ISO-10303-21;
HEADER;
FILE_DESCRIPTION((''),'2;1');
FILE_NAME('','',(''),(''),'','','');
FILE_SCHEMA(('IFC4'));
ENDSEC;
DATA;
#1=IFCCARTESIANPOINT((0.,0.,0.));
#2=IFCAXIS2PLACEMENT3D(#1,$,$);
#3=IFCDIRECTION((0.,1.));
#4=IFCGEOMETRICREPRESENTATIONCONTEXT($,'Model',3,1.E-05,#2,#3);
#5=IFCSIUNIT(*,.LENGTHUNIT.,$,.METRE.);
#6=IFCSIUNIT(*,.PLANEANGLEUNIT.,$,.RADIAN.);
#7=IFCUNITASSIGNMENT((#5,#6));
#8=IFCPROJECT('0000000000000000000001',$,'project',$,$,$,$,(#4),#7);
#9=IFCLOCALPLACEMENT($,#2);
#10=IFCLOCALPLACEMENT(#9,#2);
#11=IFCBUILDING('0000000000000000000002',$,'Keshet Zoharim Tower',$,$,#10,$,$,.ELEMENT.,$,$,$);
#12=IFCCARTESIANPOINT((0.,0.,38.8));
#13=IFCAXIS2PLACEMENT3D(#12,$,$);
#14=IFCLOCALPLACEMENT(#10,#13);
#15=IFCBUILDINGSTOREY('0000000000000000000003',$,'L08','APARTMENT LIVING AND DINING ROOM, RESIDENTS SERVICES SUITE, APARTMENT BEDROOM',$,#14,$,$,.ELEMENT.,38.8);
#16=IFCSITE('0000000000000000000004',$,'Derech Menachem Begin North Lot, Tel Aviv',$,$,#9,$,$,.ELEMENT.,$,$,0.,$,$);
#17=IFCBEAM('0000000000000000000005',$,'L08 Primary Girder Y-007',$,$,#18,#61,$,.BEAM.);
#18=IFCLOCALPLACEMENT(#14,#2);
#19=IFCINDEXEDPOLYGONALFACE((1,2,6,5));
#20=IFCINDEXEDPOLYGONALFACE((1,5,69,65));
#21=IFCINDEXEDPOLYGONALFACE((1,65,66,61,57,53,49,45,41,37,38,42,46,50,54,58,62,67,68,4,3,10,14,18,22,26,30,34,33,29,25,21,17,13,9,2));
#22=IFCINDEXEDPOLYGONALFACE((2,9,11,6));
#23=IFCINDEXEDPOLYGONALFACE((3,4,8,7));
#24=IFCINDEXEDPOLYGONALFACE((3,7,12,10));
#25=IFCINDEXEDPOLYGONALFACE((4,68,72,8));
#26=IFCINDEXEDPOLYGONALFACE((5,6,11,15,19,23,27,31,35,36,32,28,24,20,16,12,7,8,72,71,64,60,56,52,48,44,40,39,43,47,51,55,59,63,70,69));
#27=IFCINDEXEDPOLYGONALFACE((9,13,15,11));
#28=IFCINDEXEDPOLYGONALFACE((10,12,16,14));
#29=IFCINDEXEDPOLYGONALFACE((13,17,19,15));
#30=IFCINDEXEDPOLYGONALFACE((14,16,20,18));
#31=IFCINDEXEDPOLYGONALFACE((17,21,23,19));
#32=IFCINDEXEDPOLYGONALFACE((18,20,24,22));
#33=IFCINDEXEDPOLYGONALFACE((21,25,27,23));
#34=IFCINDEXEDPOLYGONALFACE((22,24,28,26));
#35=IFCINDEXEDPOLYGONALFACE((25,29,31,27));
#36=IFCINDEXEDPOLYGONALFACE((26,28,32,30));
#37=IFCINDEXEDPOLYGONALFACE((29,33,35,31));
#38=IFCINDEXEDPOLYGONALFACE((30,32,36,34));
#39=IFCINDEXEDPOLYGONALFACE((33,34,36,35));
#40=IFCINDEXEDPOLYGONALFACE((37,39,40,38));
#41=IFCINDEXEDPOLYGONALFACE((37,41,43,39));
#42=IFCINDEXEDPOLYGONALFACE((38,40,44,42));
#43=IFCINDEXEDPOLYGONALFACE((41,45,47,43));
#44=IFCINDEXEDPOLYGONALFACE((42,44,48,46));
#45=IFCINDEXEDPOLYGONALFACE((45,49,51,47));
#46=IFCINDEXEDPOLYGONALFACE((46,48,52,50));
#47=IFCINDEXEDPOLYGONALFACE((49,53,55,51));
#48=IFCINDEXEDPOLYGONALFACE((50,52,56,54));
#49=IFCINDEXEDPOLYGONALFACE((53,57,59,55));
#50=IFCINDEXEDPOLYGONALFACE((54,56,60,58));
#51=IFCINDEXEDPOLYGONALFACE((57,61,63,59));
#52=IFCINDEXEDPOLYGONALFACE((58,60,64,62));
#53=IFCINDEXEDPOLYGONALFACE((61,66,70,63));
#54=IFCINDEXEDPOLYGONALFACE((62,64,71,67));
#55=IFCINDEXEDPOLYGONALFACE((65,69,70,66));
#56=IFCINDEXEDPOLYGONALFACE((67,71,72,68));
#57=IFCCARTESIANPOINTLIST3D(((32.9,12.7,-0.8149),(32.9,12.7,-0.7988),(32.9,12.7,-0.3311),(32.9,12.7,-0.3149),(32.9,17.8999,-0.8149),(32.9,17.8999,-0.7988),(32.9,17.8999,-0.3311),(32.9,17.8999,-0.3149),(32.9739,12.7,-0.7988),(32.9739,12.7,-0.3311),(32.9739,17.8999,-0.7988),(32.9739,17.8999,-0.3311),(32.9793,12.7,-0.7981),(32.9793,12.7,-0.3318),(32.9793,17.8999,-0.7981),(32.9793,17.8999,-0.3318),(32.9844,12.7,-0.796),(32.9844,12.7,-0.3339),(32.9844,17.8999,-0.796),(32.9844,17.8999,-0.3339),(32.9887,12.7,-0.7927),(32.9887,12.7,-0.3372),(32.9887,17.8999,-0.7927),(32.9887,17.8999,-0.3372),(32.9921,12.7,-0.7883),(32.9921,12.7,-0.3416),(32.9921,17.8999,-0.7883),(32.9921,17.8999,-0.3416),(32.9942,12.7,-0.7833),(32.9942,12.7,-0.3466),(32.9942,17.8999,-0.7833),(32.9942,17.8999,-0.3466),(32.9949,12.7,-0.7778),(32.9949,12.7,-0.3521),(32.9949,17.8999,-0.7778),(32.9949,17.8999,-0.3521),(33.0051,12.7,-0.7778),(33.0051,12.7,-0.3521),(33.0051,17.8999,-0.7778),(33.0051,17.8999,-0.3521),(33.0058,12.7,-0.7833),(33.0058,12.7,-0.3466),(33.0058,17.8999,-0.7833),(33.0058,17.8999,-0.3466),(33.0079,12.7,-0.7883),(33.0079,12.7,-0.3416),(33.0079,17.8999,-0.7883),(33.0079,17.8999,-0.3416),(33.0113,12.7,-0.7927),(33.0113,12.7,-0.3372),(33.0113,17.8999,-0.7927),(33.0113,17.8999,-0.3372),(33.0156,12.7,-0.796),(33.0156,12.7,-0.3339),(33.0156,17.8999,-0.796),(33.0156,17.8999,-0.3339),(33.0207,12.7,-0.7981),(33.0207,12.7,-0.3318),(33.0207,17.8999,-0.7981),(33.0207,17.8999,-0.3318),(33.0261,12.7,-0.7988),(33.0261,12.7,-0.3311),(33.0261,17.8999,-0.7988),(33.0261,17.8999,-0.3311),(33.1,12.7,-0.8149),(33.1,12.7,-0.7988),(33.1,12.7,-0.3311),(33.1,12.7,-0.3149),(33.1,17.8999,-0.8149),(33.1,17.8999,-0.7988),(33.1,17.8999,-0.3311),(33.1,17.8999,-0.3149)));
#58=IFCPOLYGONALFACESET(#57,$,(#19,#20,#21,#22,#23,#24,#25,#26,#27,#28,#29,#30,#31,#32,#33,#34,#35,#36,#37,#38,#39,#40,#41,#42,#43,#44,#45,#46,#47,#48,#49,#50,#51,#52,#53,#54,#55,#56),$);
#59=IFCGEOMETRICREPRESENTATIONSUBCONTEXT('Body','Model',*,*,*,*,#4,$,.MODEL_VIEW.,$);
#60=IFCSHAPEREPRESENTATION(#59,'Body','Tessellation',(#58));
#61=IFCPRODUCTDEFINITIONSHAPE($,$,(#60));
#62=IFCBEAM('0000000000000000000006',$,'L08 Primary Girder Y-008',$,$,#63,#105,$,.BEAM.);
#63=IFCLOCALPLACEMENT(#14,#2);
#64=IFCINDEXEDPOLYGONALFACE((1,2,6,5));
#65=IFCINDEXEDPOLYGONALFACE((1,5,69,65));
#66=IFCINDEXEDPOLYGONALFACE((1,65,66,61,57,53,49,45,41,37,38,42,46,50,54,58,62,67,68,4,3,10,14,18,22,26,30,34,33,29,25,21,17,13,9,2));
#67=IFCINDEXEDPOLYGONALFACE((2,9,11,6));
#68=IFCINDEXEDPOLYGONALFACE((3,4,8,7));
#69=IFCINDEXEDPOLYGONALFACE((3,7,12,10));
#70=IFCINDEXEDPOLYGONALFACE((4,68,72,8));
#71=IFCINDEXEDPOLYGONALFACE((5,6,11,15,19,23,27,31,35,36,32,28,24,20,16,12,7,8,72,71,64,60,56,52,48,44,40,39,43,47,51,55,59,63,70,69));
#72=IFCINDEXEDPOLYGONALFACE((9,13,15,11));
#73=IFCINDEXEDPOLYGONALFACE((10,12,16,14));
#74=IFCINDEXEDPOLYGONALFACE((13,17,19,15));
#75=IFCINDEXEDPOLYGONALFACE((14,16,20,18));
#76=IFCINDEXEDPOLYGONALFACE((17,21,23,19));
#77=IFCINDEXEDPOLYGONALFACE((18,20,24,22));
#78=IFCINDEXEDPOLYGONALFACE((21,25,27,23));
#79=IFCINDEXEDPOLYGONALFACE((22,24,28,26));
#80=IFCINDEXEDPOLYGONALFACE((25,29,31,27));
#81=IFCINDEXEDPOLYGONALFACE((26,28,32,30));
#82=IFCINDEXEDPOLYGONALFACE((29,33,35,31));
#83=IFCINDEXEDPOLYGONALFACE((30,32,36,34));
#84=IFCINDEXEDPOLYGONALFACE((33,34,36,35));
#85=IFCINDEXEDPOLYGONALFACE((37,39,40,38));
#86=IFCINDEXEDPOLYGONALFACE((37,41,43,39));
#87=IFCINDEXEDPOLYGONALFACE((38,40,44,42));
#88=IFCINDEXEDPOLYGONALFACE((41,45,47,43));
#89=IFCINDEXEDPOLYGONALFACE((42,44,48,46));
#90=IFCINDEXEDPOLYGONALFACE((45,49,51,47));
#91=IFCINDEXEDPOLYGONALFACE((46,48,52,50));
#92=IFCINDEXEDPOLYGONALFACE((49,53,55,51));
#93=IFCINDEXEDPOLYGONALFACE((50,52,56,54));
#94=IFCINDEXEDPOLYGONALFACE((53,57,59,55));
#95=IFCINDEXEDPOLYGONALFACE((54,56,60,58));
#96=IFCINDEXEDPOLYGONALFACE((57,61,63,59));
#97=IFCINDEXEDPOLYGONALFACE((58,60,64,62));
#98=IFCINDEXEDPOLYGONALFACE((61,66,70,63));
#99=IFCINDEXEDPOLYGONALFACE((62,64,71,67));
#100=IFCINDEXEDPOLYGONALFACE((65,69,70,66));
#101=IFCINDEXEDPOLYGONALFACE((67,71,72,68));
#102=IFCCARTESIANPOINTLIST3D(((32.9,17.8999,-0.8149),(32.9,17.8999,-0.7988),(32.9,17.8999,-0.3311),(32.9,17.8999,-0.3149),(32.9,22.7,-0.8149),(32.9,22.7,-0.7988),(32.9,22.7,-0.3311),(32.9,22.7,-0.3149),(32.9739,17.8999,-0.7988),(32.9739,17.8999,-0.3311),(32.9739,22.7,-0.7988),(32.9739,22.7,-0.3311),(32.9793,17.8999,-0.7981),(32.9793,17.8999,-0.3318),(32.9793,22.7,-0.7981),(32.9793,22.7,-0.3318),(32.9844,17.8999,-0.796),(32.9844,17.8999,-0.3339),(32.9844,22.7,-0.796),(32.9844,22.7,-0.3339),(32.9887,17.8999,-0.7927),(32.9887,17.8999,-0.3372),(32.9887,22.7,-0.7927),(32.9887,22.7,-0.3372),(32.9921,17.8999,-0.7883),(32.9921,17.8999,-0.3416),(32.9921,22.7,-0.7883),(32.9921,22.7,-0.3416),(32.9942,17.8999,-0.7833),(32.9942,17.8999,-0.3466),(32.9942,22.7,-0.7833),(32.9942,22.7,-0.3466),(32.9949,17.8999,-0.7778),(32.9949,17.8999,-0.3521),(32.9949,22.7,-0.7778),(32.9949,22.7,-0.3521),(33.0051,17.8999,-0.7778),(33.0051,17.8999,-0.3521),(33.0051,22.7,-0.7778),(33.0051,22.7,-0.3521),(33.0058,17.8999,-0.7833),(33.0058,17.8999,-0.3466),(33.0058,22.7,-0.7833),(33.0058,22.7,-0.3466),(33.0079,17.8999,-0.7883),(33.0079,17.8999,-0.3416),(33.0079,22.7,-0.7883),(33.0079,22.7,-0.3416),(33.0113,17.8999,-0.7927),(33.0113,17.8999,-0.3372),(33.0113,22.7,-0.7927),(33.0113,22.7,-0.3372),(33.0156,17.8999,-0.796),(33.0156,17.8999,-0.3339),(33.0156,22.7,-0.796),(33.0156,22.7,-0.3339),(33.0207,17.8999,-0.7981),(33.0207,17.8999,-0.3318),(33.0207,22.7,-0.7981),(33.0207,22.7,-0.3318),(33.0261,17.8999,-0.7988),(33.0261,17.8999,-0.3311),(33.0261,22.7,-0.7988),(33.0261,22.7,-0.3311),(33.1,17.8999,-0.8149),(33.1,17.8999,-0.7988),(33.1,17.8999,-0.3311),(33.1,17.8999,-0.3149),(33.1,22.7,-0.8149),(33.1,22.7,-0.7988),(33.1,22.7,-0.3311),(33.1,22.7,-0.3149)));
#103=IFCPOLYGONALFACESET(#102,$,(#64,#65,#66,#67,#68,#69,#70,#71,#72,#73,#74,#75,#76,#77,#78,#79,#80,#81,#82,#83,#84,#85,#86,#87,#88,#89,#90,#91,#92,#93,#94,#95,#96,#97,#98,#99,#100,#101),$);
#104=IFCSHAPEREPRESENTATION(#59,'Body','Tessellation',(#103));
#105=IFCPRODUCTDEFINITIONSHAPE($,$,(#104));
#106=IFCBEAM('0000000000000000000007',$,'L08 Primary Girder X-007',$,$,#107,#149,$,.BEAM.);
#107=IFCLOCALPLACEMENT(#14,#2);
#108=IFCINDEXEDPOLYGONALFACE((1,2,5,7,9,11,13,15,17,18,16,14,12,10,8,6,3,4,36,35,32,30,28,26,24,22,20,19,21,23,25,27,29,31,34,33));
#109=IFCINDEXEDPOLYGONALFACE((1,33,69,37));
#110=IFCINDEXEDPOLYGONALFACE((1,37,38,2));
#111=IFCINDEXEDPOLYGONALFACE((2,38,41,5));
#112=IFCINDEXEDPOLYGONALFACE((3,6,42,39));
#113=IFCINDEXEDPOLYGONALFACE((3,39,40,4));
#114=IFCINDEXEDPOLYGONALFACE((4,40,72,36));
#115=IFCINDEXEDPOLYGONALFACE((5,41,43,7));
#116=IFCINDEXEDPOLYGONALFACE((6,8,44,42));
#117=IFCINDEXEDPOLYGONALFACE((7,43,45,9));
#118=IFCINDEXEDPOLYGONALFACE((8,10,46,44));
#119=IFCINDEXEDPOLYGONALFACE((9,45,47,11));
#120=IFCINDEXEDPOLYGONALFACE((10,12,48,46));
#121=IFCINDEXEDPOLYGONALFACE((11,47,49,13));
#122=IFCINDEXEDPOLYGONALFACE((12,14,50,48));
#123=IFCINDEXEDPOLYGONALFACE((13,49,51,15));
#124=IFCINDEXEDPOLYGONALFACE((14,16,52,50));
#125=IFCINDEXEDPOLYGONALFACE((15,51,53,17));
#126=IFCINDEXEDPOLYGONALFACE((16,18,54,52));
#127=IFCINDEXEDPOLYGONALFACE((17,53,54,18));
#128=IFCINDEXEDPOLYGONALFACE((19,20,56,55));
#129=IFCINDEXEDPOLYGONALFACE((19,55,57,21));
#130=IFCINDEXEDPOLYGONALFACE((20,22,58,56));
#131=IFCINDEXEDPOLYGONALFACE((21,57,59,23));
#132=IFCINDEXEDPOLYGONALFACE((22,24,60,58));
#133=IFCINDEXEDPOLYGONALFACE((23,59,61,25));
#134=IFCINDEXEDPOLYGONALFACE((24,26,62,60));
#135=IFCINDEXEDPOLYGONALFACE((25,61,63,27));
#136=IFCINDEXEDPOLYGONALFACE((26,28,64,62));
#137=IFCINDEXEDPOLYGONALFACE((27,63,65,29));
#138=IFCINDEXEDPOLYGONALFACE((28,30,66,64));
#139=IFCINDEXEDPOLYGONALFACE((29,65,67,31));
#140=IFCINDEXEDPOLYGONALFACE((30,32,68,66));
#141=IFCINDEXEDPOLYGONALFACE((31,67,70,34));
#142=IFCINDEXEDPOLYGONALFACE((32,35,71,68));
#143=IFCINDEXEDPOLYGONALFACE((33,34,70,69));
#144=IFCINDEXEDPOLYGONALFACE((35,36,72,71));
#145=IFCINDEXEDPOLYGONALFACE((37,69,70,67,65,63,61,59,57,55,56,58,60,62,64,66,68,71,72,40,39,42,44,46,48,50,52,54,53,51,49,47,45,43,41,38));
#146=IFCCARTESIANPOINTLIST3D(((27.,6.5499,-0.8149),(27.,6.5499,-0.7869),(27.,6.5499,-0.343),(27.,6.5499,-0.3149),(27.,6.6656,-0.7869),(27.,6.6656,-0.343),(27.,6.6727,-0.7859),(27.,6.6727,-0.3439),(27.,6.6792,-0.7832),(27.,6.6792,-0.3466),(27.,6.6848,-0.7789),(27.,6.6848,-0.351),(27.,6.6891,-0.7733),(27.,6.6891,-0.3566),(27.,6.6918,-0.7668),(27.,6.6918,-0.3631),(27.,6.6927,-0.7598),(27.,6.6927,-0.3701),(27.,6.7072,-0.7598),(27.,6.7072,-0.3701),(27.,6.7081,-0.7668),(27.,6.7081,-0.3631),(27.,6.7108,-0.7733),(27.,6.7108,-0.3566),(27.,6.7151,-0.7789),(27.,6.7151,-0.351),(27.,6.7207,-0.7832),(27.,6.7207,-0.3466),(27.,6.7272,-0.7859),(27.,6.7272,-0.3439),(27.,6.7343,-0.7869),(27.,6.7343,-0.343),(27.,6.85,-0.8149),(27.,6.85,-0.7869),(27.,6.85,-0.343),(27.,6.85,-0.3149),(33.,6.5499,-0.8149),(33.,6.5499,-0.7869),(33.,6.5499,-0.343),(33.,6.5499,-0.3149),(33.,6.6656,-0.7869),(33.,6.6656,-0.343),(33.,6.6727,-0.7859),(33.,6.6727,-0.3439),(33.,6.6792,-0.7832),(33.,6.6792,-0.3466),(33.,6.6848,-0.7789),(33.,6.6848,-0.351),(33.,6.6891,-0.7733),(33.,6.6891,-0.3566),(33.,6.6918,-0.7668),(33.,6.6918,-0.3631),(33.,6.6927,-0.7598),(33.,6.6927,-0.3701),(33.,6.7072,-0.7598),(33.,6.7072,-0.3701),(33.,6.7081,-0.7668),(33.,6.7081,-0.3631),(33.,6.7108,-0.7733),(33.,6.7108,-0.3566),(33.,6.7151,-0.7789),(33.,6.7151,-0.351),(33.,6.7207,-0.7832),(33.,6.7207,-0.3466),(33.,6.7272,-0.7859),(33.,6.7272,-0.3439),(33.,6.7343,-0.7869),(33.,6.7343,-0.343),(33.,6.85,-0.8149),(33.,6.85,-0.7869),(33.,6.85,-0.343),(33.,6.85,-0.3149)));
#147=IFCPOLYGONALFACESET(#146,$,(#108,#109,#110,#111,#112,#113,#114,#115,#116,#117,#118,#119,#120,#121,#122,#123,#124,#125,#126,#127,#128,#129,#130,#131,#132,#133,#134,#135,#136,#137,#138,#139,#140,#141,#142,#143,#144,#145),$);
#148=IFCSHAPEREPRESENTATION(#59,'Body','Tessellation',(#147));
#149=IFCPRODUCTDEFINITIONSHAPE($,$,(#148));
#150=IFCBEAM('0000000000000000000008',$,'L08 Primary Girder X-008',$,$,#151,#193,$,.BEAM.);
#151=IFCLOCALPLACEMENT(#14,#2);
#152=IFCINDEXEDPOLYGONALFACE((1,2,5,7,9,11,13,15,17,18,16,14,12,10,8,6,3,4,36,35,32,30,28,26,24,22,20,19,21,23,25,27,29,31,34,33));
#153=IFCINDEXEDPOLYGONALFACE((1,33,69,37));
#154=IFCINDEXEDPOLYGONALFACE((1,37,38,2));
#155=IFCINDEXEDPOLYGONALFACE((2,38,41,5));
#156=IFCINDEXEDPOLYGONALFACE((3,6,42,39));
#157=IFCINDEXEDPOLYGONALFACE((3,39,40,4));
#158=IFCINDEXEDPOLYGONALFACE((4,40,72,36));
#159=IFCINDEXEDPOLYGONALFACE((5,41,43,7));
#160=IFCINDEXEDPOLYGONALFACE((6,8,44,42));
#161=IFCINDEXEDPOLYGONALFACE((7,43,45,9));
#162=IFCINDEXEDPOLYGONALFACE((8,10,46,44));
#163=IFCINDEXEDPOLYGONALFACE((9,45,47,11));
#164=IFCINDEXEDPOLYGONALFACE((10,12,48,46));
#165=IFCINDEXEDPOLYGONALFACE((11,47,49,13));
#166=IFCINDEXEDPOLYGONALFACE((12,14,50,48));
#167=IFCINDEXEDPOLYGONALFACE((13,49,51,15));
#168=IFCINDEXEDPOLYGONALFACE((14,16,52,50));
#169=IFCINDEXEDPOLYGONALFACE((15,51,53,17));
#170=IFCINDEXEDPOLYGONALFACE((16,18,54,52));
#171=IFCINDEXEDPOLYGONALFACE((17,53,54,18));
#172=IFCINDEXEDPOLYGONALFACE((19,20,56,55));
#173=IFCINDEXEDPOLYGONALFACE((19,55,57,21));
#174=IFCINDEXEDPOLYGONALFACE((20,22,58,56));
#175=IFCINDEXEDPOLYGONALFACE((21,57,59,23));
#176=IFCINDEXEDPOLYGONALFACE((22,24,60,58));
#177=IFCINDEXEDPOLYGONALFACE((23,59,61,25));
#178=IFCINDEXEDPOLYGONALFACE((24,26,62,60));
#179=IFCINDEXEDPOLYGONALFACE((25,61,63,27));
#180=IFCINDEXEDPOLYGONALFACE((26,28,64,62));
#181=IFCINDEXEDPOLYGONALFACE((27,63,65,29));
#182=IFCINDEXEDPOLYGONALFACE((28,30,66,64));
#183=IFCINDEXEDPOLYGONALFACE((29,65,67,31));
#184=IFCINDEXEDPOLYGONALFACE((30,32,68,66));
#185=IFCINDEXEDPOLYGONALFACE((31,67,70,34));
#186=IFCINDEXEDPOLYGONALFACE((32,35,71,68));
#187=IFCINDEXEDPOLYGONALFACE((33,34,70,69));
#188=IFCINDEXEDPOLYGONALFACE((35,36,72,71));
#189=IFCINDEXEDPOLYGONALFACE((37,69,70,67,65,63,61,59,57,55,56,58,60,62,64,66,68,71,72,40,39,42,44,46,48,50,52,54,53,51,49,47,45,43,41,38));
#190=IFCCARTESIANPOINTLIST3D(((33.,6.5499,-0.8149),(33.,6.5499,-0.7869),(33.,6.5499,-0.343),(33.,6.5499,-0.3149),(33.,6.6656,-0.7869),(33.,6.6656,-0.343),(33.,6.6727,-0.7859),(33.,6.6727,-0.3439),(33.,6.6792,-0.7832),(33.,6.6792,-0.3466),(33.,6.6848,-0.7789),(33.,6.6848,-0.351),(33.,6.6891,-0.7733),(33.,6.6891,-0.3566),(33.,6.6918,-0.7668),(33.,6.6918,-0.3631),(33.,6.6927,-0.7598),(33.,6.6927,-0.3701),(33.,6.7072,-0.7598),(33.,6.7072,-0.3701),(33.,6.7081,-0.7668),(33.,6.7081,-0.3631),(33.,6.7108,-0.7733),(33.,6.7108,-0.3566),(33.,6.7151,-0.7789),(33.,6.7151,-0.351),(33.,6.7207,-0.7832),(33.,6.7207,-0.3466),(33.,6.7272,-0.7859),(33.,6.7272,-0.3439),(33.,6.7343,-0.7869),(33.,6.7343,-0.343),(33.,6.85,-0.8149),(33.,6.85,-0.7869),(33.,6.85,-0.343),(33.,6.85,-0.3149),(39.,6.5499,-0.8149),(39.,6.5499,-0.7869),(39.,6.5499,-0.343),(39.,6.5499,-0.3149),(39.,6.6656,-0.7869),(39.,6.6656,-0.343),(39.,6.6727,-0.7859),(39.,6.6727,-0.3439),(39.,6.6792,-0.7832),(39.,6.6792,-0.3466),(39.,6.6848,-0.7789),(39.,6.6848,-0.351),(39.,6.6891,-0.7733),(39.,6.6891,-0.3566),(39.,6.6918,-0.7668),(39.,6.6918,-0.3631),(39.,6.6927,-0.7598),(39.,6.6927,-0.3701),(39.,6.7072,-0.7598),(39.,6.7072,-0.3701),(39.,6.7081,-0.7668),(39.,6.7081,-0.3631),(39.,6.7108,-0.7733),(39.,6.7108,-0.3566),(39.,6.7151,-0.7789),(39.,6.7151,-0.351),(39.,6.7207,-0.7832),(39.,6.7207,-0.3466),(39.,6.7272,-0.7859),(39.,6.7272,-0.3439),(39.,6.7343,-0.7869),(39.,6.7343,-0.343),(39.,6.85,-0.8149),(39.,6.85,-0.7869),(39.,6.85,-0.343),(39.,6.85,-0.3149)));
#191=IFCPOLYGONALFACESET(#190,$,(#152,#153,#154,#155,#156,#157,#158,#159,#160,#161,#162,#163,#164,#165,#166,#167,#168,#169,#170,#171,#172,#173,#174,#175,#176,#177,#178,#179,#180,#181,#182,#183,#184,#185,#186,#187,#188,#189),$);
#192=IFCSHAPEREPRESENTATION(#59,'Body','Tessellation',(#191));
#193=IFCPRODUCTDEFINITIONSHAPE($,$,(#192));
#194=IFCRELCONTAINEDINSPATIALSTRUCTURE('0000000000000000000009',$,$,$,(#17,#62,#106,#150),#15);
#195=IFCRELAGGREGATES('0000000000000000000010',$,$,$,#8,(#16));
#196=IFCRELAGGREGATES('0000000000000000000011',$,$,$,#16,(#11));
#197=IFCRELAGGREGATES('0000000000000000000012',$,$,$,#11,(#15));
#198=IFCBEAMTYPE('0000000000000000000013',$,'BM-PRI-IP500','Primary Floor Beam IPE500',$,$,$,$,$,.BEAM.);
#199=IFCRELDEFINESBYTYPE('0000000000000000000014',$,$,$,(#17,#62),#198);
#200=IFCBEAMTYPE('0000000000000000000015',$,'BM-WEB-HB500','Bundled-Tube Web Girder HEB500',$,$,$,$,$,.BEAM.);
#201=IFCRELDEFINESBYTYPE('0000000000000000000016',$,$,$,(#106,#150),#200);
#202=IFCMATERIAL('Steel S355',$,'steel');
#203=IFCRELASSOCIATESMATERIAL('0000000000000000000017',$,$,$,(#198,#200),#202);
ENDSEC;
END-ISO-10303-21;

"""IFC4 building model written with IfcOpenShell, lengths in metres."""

from ifc_helpers import new_model, si_unit, direction, frame, origin, origin_2d, place, context, subcontext, project, spatial, i_section, extrude, material, material_profile, profile_set, type_object, element, save


model = new_model("IFC4")

# Units and contexts
model_context = context("Model", 3, precision=1e-05, world=origin(), true_north=direction((0.0, 1.0)))
body_context = subcontext(model_context, "Body", "Model", "MODEL_VIEW")
ifc_project = project(units=[si_unit("LENGTHUNIT", "METRE"), si_unit("PLANEANGLEUNIT", "RADIAN")], contexts=[model_context])

# Site, building, storey
site_placement = place(None, origin())
site = spatial("IfcSite", under=ifc_project, at=site_placement, Name="Derech Menachem Begin North Lot, Tel Aviv", CompositionType="ELEMENT", RefElevation=0.0)
building_placement = place(site_placement, origin())
building = spatial("IfcBuilding", under=site, at=building_placement, Name="Keshet Zoharim Tower", CompositionType="ELEMENT")
storey_placement = place(building_placement, frame((0.0, 0.0, 38.8)))
storey = spatial("IfcBuildingStorey", under=building, at=storey_placement, Name="L08", Description="APARTMENT LIVING AND DINING ROOM, RESIDENTS SERVICES SUITE, APARTMENT BEDROOM", CompositionType="ELEMENT", Elevation=38.8)

# Beams
ifc_material_1 = material(Name="Steel S355", Category="steel")
ifc_material_profile_1 = material_profile(ifc_material_1, i_section(OverallWidth=0.2, OverallDepth=0.5, WebThickness=0.0103, FlangeThickness=0.0161, FilletRadius=0.021, at=origin_2d()), Name="IPE500")
ifc_profile_set_1 = profile_set([ifc_material_profile_1], Name="Steel S355")
beam_type_1 = type_object("IfcBeamType", Name="BM-PRI-IP500", Description="Primary Floor Beam IPE500", PredefinedType="BEAM", material=ifc_profile_set_1)
beam_1_placement = place(storey_placement, frame((33.0, 12.7, -0.5649), z_axis=(0.0, 1.0, 0.0), x_axis=(-1.0, 0.0, 0.0)))
element("IfcBeam", 1, at=beam_1_placement, inside=storey, type_object=beam_type_1, Name="L08 Primary Girder Y-007", PredefinedType="BEAM", context=body_context, shape_type="SweptSolid", body=[
    extrude(i_section(OverallWidth=0.2, OverallDepth=0.5, WebThickness=0.0103, FlangeThickness=0.0161, FilletRadius=0.021, at=origin_2d()), origin(), (0.0, 0.0, 1.0), 5.2),
])
beam_2_placement = place(storey_placement, frame((33.0, 17.8999, -0.5649), z_axis=(0.0, 1.0, 0.0), x_axis=(-1.0, 0.0, 0.0)))
element("IfcBeam", 2, at=beam_2_placement, inside=storey, type_object=beam_type_1, Name="L08 Primary Girder Y-008", PredefinedType="BEAM", context=body_context, shape_type="SweptSolid", body=[
    extrude(i_section(OverallWidth=0.2, OverallDepth=0.5, WebThickness=0.0103, FlangeThickness=0.0161, FilletRadius=0.021, at=origin_2d()), origin(), (0.0, 0.0, 1.0), 4.8),
])
ifc_material_profile_2 = material_profile(ifc_material_1, i_section(OverallWidth=0.3, OverallDepth=0.5, WebThickness=0.0144, FlangeThickness=0.0281, FilletRadius=0.0271, at=origin_2d()), Name="HEB500")
ifc_profile_set_2 = profile_set([ifc_material_profile_2], Name="Steel S355")
beam_type_2 = type_object("IfcBeamType", Name="BM-WEB-HB500", Description="Bundled-Tube Web Girder HEB500", PredefinedType="BEAM", material=ifc_profile_set_2)
for number, where, z_axis, x_axis, name in (
    (3, (27.0, 6.7, -0.5649), (1.0, 0.0, 0.0), (0.0, 1.0, 0.0), "L08 Primary Girder X-007"),
    (4, (33.0, 6.7, -0.5649), (1.0, 0.0, 0.0), (0.0, 1.0, 0.0), "L08 Primary Girder X-008"),
):
    element("IfcBeam", number, at=place(storey_placement, frame(where, z_axis=z_axis, x_axis=x_axis)), inside=storey, type_object=beam_type_2, Name=name, PredefinedType="BEAM", context=body_context, shape_type="SweptSolid", body=[
        extrude(i_section(OverallWidth=0.3, OverallDepth=0.5, WebThickness=0.0144, FlangeThickness=0.0281, FilletRadius=0.0271, at=origin_2d()), origin(), (0.0, 0.0, 1.0), 6.0),
    ])

save(model, "model.ifc")
